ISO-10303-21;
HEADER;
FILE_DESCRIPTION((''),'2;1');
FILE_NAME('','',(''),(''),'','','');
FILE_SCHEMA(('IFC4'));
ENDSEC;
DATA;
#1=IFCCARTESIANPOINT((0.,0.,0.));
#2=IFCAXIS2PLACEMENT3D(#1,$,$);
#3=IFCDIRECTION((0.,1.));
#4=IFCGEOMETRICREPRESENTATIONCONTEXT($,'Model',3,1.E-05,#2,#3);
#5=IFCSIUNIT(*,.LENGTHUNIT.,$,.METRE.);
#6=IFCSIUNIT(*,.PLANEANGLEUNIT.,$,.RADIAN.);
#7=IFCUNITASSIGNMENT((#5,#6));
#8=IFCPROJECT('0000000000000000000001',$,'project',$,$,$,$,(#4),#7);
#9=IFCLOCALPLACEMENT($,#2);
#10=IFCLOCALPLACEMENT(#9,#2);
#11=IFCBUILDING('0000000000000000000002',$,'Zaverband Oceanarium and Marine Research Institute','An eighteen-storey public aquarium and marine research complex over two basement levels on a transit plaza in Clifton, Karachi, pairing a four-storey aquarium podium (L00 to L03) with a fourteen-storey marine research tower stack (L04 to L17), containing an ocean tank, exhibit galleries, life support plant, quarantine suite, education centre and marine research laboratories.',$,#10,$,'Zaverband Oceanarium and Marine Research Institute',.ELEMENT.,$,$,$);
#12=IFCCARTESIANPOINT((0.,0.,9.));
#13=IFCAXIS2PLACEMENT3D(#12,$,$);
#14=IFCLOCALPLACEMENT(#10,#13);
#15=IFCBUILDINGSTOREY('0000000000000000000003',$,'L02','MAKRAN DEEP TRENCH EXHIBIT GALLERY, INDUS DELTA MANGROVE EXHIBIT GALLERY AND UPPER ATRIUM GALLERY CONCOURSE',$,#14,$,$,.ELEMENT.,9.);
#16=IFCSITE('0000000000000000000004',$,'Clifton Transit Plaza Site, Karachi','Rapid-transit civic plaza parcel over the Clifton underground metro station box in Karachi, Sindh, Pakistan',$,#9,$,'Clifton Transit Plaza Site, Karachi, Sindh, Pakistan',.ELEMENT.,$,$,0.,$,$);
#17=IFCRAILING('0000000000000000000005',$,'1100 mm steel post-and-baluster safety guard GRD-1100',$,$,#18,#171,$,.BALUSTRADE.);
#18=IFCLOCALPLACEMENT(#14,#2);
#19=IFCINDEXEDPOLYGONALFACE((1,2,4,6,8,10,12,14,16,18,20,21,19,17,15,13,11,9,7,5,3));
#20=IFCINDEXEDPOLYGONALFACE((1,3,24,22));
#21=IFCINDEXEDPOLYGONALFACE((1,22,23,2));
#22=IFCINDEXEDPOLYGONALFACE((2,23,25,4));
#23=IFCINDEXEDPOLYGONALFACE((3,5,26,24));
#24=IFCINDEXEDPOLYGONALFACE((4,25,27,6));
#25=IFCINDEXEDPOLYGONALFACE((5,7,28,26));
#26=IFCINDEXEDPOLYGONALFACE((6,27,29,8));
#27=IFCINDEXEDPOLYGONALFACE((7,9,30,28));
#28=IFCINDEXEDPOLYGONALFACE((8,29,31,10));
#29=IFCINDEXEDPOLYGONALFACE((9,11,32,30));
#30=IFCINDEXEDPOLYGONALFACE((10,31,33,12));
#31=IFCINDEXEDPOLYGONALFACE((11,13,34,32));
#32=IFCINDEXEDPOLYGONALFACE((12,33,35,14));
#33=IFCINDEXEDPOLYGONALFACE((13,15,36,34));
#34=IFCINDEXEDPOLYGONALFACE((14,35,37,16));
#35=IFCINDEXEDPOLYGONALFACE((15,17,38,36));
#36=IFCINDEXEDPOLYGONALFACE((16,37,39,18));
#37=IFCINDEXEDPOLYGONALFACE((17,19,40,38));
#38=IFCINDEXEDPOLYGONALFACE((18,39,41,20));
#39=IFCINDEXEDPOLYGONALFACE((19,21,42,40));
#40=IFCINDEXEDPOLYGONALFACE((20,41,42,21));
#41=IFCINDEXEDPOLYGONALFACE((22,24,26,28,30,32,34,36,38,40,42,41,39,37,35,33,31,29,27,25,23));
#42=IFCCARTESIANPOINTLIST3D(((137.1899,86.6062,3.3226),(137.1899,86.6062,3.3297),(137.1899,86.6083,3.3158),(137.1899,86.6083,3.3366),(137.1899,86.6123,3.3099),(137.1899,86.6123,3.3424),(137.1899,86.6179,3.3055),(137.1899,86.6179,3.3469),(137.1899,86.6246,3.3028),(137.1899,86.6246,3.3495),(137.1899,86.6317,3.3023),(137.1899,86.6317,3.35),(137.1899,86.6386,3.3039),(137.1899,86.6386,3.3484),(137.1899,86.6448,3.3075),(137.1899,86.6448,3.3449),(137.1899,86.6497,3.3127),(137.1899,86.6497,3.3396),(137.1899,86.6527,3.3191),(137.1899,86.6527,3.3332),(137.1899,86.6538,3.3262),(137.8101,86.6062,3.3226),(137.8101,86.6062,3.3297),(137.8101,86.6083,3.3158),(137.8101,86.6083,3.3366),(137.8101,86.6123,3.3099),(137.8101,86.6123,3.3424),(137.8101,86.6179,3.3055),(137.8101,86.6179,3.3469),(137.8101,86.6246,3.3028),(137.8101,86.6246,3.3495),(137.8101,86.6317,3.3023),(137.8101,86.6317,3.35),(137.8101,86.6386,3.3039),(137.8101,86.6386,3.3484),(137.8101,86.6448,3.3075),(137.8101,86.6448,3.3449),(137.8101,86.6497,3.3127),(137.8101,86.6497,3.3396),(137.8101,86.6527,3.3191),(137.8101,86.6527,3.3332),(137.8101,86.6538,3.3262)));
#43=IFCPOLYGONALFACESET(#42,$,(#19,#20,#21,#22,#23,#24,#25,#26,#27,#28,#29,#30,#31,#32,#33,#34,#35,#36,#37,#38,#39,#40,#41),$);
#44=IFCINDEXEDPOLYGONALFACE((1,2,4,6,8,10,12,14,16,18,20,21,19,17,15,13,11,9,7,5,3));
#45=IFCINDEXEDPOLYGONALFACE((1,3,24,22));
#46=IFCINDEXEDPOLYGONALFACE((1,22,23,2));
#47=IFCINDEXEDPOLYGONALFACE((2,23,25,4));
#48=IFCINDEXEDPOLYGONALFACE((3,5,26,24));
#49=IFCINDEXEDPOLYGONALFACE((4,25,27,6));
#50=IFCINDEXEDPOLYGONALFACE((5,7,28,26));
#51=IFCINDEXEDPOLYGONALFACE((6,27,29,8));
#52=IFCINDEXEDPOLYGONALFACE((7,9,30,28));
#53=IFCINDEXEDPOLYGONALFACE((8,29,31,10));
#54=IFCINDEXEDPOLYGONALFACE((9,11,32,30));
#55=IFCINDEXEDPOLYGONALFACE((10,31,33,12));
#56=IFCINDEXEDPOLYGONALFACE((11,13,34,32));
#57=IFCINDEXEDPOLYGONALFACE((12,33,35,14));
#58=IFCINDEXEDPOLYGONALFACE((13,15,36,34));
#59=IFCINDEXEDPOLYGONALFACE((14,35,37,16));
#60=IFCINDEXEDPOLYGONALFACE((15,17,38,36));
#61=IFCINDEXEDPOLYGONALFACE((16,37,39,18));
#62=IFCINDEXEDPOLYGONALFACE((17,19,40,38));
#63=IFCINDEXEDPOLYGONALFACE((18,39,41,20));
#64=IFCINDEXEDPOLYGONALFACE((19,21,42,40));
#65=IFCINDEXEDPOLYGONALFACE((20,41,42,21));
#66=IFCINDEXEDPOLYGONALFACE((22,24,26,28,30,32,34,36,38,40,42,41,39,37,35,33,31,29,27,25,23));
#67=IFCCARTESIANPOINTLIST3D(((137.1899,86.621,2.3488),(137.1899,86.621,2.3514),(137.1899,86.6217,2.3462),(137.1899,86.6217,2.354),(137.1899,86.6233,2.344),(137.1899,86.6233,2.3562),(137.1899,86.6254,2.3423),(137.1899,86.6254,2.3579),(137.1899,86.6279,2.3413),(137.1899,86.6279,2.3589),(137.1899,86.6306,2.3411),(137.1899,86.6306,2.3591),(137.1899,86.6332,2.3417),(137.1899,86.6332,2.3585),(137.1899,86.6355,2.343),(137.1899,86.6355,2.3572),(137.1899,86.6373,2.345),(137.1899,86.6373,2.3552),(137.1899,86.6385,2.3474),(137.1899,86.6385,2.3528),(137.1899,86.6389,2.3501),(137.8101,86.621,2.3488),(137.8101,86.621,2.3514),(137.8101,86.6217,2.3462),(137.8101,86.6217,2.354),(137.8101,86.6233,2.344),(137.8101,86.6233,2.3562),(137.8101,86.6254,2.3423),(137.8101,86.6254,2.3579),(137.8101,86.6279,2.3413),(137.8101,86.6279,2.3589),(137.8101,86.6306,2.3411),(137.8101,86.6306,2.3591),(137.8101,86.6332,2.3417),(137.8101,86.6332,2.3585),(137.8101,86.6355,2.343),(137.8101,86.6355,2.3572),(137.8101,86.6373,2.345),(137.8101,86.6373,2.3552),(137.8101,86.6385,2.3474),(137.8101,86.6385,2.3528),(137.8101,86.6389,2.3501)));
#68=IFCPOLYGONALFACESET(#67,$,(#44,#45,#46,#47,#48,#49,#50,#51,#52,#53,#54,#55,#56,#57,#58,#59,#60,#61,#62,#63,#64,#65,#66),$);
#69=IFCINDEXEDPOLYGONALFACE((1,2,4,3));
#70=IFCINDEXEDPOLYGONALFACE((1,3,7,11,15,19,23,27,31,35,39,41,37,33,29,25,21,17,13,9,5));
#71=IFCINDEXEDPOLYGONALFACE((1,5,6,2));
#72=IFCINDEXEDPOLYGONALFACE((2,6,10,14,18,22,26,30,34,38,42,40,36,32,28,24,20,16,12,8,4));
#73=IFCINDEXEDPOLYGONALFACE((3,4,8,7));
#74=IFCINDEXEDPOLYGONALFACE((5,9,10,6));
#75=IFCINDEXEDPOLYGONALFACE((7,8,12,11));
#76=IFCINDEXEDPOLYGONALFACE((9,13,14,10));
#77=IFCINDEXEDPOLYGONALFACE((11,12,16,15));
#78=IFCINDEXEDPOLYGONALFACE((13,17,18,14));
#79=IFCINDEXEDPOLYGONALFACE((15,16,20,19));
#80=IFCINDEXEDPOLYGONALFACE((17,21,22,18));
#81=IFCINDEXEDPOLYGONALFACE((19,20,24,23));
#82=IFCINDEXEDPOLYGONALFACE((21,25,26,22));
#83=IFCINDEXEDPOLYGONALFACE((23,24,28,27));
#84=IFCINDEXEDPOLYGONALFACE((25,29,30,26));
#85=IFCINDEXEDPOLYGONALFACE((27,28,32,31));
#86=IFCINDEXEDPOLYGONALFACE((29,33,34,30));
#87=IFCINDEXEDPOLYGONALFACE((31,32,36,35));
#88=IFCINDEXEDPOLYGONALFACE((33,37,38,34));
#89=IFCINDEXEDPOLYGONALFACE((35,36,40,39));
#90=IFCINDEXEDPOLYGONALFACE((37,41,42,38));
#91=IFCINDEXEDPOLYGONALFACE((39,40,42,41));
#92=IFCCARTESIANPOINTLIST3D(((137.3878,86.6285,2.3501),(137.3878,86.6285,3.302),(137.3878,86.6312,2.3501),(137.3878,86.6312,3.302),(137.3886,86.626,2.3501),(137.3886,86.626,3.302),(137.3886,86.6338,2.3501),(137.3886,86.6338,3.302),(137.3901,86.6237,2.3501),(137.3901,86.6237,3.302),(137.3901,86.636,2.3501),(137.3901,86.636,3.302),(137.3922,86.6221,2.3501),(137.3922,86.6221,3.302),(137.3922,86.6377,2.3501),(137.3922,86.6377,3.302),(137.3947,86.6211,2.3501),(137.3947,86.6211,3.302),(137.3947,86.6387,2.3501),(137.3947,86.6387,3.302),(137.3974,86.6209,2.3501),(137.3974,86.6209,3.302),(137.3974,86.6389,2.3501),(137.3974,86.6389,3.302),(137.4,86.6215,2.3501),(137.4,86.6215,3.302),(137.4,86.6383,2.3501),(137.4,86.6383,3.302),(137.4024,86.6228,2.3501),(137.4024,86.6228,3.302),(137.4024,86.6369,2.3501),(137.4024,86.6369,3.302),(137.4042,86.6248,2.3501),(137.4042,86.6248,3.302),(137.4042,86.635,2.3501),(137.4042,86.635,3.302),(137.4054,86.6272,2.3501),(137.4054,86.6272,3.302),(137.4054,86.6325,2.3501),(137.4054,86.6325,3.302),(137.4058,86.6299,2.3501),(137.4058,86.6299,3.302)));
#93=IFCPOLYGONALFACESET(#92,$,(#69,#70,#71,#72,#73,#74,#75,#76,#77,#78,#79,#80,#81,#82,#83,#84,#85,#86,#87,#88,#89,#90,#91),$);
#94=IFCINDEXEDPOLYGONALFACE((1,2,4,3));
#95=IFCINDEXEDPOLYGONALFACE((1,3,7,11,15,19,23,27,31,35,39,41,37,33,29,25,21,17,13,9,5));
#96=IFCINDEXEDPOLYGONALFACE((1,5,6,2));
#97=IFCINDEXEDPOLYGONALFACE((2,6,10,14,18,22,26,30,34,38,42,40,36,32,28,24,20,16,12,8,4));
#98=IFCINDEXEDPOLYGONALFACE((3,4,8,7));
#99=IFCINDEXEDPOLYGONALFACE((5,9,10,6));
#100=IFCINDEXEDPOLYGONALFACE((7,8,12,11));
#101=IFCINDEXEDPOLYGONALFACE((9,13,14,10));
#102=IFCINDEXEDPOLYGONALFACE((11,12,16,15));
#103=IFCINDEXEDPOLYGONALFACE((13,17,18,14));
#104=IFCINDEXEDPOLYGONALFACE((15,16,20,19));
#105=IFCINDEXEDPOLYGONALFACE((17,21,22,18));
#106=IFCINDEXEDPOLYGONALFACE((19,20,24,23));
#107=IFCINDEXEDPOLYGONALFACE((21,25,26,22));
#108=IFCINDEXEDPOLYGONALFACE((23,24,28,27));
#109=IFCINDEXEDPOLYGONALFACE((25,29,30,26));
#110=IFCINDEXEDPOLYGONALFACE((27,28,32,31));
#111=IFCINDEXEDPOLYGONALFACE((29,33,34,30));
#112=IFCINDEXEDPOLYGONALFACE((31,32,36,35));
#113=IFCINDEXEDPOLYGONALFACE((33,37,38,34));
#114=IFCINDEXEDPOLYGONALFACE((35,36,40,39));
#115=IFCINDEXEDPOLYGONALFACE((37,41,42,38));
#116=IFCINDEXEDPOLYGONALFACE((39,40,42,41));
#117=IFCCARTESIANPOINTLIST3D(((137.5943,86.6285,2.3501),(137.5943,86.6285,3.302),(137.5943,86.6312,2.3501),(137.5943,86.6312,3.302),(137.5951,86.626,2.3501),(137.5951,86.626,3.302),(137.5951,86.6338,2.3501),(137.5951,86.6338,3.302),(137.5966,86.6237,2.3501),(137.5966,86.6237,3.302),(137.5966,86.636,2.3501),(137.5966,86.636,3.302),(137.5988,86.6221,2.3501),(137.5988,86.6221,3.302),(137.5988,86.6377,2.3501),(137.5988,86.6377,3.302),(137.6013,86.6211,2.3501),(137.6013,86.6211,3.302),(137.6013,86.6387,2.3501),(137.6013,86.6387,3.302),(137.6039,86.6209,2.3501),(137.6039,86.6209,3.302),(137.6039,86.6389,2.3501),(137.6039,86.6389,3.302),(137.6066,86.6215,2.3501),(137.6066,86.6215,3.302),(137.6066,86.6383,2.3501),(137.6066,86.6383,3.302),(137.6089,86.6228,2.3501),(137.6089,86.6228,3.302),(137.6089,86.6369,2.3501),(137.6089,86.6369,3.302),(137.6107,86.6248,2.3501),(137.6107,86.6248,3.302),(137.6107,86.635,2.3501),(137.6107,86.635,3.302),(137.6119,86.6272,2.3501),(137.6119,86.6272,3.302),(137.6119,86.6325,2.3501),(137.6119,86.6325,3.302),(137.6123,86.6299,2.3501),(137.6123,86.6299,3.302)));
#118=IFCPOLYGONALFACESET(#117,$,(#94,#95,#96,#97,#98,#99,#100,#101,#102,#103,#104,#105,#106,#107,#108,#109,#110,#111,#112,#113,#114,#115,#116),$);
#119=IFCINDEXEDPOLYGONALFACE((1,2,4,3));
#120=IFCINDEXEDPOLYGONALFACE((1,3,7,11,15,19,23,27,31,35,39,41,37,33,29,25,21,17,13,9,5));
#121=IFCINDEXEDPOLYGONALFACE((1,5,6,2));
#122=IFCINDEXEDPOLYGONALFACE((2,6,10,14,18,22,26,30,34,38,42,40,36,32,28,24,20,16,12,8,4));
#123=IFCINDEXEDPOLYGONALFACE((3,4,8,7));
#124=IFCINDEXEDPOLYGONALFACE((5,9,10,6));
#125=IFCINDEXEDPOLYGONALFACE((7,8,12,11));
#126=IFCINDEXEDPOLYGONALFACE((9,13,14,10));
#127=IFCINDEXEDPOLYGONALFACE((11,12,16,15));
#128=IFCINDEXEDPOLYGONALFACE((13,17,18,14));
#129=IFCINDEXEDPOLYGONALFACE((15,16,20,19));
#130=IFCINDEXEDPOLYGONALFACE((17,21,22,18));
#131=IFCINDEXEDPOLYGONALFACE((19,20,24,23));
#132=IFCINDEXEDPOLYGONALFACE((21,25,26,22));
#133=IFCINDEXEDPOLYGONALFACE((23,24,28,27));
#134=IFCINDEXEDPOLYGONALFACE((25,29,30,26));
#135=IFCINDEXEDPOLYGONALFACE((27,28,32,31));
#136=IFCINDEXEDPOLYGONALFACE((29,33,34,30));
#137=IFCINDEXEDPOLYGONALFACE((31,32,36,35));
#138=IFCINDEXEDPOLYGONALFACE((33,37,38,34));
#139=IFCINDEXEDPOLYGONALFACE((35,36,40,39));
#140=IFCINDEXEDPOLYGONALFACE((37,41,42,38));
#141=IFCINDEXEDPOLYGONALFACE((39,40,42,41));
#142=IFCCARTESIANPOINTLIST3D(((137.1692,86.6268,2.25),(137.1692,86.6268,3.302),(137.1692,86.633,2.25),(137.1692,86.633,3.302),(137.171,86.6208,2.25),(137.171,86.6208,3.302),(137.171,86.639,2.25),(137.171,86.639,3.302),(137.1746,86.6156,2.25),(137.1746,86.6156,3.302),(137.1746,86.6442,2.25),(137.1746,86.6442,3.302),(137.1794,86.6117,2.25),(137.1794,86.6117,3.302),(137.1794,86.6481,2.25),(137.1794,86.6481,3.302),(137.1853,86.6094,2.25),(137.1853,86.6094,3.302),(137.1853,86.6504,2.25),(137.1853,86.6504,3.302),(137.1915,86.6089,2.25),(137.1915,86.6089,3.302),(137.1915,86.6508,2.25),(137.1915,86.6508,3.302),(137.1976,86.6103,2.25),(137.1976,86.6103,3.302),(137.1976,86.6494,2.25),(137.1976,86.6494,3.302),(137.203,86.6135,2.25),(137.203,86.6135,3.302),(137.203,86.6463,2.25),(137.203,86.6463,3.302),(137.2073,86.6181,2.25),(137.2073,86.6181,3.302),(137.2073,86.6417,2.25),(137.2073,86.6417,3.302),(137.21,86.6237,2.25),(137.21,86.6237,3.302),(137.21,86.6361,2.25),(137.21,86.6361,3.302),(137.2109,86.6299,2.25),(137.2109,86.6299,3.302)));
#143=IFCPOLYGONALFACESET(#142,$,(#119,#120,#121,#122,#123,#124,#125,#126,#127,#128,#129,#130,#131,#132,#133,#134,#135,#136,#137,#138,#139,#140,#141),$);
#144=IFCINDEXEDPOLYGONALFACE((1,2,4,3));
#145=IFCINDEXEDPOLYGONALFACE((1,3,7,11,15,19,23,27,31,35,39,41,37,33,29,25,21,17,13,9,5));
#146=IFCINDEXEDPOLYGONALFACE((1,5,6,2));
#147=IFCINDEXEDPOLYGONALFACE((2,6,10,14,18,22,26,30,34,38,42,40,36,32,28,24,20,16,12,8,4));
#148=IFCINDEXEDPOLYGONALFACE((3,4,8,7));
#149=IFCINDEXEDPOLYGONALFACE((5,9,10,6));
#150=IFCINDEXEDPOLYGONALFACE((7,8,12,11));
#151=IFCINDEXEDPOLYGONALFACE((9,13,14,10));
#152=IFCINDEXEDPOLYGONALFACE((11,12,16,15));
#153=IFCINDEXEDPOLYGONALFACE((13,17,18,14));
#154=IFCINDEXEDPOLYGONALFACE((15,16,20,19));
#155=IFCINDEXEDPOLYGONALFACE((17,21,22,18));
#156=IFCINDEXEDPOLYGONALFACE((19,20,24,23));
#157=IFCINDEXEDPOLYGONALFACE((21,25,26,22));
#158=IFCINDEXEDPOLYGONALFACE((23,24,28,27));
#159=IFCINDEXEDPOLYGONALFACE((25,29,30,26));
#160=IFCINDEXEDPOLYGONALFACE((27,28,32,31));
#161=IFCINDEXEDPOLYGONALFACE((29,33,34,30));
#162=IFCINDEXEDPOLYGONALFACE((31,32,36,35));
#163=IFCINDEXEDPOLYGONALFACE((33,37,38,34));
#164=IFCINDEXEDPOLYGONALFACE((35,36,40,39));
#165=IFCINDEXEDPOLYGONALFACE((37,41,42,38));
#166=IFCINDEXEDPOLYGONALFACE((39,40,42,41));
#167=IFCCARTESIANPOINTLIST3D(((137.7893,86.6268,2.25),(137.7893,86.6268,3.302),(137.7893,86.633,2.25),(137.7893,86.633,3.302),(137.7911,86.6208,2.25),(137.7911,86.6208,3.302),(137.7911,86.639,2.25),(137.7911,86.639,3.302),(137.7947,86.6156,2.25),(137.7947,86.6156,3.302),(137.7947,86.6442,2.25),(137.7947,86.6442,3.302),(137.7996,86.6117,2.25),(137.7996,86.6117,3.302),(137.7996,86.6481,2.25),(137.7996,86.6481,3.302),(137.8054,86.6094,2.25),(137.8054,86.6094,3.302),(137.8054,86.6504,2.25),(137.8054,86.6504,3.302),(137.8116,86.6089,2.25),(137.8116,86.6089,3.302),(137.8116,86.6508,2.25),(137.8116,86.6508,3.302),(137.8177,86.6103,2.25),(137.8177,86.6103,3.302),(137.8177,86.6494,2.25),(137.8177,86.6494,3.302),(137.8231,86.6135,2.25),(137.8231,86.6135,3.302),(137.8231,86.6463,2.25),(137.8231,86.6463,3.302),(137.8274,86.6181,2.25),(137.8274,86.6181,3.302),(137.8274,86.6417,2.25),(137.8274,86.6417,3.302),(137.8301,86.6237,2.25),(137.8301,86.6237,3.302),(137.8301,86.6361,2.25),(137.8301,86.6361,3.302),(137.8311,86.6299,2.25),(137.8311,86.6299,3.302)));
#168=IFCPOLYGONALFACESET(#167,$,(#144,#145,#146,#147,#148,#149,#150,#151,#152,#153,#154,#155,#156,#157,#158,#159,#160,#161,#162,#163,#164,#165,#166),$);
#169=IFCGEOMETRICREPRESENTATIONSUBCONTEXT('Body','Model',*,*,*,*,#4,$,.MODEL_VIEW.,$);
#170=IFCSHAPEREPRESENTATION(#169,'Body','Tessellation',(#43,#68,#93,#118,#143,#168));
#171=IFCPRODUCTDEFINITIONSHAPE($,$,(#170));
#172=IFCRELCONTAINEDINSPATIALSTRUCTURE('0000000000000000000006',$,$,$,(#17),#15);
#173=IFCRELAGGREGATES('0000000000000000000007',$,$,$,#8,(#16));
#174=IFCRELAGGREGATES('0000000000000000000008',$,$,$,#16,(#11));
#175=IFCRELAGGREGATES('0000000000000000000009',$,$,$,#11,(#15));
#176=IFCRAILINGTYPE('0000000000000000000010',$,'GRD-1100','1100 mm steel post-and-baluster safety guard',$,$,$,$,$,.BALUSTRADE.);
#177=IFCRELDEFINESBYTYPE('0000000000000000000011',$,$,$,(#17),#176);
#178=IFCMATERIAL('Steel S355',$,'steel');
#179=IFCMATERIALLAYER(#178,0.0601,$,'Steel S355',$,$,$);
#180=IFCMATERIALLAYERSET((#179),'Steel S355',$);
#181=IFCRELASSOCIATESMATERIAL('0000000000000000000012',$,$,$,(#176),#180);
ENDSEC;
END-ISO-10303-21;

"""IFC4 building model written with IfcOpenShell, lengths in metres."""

from ifc_helpers import new_model, si_unit, direction, frame, origin, origin_2d, place, context, subcontext, project, spatial, circle, extrude, material, layer, layer_set, type_object, element, save


model = new_model("IFC4")

# Units and contexts
model_context = context("Model", 3, precision=1e-05, world=origin(), true_north=direction((0.0, 1.0)))
body_context = subcontext(model_context, "Body", "Model", "MODEL_VIEW")
ifc_project = project(units=[si_unit("LENGTHUNIT", "METRE"), si_unit("PLANEANGLEUNIT", "RADIAN")], contexts=[model_context])

# Site, building, storey
site_placement = place(None, origin())
site = spatial("IfcSite", under=ifc_project, at=site_placement, Name="Clifton Transit Plaza Site, Karachi", Description="Rapid-transit civic plaza parcel over the Clifton underground metro station box in Karachi, Sindh, Pakistan", LongName="Clifton Transit Plaza Site, Karachi, Sindh, Pakistan", CompositionType="ELEMENT", RefElevation=0.0)
building_placement = place(site_placement, origin())
building = spatial("IfcBuilding", under=site, at=building_placement, Name="Zaverband Oceanarium and Marine Research Institute", Description="An eighteen-storey public aquarium and marine research complex over two basement levels on a transit plaza in Clifton, Karachi, pairing a four-storey aquarium podium (L00 to L03) with a fourteen-storey marine research tower stack (L04 to L17), containing an ocean tank, exhibit galleries, life support plant, quarantine suite, education centre and marine research laboratories.", LongName="Zaverband Oceanarium and Marine Research Institute", CompositionType="ELEMENT")
storey_placement = place(building_placement, frame((0.0, 0.0, 9.0)))
storey = spatial("IfcBuildingStorey", under=building, at=storey_placement, Name="L02", Description="MAKRAN DEEP TRENCH EXHIBIT GALLERY, INDUS DELTA MANGROVE EXHIBIT GALLERY AND UPPER ATRIUM GALLERY CONCOURSE", CompositionType="ELEMENT", Elevation=9.0)

# Shared definitions
ifc_material_1 = material(Name="Steel S355", Category="steel")

# Railing
ifc_layer_1 = layer(ifc_material_1, 0.0601, Name="Steel S355")
ifc_layer_set_1 = layer_set([ifc_layer_1], Name="Steel S355")
railing_type_1 = type_object("IfcRailingType", Name="GRD-1100", Description="1100 mm steel post-and-baluster safety guard", PredefinedType="BALUSTRADE", material=ifc_layer_set_1)
for number, where, name in (
    (1, (137.1899, 86.6299, 2.25), "1100 mm steel post-and-baluster safety guard GRD-1100"),
):
    element("IfcRailing", number, at=place(storey_placement, frame(where)), inside=storey, type_object=railing_type_1, Name=name, PredefinedType="BALUSTRADE", context=body_context, shape_type="SweptSolid", body=[
        extrude(circle(Radius=0.0239, at=origin_2d()), frame((0.0, 0.0, 1.0762), z_axis=(1.0, 0.0, 0.0), x_axis=(0.0, 1.0, 0.0)), (0.0, 0.0, 1.0), 0.6201),
        extrude(circle(Radius=0.009, at=origin_2d()), frame((0.0, 0.0, 0.1001), z_axis=(1.0, 0.0, 0.0), x_axis=(0.0, 1.0, 0.0)), (0.0, 0.0, 1.0), 0.6201),
        extrude(circle(Radius=0.009, at=origin_2d()), frame((0.2068, 0.0, 0.1001)), (0.0, 0.0, 1.0), 0.9519),
        extrude(circle(Radius=0.009, at=origin_2d()), frame((0.4133, 0.0, 0.1001)), (0.0, 0.0, 1.0), 0.9519),
        extrude(circle(Radius=0.021, at=origin_2d()), origin(), (0.0, 0.0, 1.0), 1.052),
        extrude(circle(Radius=0.021, at=origin_2d()), frame((0.6201, 0.0, 0.0)), (0.0, 0.0, 1.0), 1.052),
    ])

save(model, "model.ifc")
